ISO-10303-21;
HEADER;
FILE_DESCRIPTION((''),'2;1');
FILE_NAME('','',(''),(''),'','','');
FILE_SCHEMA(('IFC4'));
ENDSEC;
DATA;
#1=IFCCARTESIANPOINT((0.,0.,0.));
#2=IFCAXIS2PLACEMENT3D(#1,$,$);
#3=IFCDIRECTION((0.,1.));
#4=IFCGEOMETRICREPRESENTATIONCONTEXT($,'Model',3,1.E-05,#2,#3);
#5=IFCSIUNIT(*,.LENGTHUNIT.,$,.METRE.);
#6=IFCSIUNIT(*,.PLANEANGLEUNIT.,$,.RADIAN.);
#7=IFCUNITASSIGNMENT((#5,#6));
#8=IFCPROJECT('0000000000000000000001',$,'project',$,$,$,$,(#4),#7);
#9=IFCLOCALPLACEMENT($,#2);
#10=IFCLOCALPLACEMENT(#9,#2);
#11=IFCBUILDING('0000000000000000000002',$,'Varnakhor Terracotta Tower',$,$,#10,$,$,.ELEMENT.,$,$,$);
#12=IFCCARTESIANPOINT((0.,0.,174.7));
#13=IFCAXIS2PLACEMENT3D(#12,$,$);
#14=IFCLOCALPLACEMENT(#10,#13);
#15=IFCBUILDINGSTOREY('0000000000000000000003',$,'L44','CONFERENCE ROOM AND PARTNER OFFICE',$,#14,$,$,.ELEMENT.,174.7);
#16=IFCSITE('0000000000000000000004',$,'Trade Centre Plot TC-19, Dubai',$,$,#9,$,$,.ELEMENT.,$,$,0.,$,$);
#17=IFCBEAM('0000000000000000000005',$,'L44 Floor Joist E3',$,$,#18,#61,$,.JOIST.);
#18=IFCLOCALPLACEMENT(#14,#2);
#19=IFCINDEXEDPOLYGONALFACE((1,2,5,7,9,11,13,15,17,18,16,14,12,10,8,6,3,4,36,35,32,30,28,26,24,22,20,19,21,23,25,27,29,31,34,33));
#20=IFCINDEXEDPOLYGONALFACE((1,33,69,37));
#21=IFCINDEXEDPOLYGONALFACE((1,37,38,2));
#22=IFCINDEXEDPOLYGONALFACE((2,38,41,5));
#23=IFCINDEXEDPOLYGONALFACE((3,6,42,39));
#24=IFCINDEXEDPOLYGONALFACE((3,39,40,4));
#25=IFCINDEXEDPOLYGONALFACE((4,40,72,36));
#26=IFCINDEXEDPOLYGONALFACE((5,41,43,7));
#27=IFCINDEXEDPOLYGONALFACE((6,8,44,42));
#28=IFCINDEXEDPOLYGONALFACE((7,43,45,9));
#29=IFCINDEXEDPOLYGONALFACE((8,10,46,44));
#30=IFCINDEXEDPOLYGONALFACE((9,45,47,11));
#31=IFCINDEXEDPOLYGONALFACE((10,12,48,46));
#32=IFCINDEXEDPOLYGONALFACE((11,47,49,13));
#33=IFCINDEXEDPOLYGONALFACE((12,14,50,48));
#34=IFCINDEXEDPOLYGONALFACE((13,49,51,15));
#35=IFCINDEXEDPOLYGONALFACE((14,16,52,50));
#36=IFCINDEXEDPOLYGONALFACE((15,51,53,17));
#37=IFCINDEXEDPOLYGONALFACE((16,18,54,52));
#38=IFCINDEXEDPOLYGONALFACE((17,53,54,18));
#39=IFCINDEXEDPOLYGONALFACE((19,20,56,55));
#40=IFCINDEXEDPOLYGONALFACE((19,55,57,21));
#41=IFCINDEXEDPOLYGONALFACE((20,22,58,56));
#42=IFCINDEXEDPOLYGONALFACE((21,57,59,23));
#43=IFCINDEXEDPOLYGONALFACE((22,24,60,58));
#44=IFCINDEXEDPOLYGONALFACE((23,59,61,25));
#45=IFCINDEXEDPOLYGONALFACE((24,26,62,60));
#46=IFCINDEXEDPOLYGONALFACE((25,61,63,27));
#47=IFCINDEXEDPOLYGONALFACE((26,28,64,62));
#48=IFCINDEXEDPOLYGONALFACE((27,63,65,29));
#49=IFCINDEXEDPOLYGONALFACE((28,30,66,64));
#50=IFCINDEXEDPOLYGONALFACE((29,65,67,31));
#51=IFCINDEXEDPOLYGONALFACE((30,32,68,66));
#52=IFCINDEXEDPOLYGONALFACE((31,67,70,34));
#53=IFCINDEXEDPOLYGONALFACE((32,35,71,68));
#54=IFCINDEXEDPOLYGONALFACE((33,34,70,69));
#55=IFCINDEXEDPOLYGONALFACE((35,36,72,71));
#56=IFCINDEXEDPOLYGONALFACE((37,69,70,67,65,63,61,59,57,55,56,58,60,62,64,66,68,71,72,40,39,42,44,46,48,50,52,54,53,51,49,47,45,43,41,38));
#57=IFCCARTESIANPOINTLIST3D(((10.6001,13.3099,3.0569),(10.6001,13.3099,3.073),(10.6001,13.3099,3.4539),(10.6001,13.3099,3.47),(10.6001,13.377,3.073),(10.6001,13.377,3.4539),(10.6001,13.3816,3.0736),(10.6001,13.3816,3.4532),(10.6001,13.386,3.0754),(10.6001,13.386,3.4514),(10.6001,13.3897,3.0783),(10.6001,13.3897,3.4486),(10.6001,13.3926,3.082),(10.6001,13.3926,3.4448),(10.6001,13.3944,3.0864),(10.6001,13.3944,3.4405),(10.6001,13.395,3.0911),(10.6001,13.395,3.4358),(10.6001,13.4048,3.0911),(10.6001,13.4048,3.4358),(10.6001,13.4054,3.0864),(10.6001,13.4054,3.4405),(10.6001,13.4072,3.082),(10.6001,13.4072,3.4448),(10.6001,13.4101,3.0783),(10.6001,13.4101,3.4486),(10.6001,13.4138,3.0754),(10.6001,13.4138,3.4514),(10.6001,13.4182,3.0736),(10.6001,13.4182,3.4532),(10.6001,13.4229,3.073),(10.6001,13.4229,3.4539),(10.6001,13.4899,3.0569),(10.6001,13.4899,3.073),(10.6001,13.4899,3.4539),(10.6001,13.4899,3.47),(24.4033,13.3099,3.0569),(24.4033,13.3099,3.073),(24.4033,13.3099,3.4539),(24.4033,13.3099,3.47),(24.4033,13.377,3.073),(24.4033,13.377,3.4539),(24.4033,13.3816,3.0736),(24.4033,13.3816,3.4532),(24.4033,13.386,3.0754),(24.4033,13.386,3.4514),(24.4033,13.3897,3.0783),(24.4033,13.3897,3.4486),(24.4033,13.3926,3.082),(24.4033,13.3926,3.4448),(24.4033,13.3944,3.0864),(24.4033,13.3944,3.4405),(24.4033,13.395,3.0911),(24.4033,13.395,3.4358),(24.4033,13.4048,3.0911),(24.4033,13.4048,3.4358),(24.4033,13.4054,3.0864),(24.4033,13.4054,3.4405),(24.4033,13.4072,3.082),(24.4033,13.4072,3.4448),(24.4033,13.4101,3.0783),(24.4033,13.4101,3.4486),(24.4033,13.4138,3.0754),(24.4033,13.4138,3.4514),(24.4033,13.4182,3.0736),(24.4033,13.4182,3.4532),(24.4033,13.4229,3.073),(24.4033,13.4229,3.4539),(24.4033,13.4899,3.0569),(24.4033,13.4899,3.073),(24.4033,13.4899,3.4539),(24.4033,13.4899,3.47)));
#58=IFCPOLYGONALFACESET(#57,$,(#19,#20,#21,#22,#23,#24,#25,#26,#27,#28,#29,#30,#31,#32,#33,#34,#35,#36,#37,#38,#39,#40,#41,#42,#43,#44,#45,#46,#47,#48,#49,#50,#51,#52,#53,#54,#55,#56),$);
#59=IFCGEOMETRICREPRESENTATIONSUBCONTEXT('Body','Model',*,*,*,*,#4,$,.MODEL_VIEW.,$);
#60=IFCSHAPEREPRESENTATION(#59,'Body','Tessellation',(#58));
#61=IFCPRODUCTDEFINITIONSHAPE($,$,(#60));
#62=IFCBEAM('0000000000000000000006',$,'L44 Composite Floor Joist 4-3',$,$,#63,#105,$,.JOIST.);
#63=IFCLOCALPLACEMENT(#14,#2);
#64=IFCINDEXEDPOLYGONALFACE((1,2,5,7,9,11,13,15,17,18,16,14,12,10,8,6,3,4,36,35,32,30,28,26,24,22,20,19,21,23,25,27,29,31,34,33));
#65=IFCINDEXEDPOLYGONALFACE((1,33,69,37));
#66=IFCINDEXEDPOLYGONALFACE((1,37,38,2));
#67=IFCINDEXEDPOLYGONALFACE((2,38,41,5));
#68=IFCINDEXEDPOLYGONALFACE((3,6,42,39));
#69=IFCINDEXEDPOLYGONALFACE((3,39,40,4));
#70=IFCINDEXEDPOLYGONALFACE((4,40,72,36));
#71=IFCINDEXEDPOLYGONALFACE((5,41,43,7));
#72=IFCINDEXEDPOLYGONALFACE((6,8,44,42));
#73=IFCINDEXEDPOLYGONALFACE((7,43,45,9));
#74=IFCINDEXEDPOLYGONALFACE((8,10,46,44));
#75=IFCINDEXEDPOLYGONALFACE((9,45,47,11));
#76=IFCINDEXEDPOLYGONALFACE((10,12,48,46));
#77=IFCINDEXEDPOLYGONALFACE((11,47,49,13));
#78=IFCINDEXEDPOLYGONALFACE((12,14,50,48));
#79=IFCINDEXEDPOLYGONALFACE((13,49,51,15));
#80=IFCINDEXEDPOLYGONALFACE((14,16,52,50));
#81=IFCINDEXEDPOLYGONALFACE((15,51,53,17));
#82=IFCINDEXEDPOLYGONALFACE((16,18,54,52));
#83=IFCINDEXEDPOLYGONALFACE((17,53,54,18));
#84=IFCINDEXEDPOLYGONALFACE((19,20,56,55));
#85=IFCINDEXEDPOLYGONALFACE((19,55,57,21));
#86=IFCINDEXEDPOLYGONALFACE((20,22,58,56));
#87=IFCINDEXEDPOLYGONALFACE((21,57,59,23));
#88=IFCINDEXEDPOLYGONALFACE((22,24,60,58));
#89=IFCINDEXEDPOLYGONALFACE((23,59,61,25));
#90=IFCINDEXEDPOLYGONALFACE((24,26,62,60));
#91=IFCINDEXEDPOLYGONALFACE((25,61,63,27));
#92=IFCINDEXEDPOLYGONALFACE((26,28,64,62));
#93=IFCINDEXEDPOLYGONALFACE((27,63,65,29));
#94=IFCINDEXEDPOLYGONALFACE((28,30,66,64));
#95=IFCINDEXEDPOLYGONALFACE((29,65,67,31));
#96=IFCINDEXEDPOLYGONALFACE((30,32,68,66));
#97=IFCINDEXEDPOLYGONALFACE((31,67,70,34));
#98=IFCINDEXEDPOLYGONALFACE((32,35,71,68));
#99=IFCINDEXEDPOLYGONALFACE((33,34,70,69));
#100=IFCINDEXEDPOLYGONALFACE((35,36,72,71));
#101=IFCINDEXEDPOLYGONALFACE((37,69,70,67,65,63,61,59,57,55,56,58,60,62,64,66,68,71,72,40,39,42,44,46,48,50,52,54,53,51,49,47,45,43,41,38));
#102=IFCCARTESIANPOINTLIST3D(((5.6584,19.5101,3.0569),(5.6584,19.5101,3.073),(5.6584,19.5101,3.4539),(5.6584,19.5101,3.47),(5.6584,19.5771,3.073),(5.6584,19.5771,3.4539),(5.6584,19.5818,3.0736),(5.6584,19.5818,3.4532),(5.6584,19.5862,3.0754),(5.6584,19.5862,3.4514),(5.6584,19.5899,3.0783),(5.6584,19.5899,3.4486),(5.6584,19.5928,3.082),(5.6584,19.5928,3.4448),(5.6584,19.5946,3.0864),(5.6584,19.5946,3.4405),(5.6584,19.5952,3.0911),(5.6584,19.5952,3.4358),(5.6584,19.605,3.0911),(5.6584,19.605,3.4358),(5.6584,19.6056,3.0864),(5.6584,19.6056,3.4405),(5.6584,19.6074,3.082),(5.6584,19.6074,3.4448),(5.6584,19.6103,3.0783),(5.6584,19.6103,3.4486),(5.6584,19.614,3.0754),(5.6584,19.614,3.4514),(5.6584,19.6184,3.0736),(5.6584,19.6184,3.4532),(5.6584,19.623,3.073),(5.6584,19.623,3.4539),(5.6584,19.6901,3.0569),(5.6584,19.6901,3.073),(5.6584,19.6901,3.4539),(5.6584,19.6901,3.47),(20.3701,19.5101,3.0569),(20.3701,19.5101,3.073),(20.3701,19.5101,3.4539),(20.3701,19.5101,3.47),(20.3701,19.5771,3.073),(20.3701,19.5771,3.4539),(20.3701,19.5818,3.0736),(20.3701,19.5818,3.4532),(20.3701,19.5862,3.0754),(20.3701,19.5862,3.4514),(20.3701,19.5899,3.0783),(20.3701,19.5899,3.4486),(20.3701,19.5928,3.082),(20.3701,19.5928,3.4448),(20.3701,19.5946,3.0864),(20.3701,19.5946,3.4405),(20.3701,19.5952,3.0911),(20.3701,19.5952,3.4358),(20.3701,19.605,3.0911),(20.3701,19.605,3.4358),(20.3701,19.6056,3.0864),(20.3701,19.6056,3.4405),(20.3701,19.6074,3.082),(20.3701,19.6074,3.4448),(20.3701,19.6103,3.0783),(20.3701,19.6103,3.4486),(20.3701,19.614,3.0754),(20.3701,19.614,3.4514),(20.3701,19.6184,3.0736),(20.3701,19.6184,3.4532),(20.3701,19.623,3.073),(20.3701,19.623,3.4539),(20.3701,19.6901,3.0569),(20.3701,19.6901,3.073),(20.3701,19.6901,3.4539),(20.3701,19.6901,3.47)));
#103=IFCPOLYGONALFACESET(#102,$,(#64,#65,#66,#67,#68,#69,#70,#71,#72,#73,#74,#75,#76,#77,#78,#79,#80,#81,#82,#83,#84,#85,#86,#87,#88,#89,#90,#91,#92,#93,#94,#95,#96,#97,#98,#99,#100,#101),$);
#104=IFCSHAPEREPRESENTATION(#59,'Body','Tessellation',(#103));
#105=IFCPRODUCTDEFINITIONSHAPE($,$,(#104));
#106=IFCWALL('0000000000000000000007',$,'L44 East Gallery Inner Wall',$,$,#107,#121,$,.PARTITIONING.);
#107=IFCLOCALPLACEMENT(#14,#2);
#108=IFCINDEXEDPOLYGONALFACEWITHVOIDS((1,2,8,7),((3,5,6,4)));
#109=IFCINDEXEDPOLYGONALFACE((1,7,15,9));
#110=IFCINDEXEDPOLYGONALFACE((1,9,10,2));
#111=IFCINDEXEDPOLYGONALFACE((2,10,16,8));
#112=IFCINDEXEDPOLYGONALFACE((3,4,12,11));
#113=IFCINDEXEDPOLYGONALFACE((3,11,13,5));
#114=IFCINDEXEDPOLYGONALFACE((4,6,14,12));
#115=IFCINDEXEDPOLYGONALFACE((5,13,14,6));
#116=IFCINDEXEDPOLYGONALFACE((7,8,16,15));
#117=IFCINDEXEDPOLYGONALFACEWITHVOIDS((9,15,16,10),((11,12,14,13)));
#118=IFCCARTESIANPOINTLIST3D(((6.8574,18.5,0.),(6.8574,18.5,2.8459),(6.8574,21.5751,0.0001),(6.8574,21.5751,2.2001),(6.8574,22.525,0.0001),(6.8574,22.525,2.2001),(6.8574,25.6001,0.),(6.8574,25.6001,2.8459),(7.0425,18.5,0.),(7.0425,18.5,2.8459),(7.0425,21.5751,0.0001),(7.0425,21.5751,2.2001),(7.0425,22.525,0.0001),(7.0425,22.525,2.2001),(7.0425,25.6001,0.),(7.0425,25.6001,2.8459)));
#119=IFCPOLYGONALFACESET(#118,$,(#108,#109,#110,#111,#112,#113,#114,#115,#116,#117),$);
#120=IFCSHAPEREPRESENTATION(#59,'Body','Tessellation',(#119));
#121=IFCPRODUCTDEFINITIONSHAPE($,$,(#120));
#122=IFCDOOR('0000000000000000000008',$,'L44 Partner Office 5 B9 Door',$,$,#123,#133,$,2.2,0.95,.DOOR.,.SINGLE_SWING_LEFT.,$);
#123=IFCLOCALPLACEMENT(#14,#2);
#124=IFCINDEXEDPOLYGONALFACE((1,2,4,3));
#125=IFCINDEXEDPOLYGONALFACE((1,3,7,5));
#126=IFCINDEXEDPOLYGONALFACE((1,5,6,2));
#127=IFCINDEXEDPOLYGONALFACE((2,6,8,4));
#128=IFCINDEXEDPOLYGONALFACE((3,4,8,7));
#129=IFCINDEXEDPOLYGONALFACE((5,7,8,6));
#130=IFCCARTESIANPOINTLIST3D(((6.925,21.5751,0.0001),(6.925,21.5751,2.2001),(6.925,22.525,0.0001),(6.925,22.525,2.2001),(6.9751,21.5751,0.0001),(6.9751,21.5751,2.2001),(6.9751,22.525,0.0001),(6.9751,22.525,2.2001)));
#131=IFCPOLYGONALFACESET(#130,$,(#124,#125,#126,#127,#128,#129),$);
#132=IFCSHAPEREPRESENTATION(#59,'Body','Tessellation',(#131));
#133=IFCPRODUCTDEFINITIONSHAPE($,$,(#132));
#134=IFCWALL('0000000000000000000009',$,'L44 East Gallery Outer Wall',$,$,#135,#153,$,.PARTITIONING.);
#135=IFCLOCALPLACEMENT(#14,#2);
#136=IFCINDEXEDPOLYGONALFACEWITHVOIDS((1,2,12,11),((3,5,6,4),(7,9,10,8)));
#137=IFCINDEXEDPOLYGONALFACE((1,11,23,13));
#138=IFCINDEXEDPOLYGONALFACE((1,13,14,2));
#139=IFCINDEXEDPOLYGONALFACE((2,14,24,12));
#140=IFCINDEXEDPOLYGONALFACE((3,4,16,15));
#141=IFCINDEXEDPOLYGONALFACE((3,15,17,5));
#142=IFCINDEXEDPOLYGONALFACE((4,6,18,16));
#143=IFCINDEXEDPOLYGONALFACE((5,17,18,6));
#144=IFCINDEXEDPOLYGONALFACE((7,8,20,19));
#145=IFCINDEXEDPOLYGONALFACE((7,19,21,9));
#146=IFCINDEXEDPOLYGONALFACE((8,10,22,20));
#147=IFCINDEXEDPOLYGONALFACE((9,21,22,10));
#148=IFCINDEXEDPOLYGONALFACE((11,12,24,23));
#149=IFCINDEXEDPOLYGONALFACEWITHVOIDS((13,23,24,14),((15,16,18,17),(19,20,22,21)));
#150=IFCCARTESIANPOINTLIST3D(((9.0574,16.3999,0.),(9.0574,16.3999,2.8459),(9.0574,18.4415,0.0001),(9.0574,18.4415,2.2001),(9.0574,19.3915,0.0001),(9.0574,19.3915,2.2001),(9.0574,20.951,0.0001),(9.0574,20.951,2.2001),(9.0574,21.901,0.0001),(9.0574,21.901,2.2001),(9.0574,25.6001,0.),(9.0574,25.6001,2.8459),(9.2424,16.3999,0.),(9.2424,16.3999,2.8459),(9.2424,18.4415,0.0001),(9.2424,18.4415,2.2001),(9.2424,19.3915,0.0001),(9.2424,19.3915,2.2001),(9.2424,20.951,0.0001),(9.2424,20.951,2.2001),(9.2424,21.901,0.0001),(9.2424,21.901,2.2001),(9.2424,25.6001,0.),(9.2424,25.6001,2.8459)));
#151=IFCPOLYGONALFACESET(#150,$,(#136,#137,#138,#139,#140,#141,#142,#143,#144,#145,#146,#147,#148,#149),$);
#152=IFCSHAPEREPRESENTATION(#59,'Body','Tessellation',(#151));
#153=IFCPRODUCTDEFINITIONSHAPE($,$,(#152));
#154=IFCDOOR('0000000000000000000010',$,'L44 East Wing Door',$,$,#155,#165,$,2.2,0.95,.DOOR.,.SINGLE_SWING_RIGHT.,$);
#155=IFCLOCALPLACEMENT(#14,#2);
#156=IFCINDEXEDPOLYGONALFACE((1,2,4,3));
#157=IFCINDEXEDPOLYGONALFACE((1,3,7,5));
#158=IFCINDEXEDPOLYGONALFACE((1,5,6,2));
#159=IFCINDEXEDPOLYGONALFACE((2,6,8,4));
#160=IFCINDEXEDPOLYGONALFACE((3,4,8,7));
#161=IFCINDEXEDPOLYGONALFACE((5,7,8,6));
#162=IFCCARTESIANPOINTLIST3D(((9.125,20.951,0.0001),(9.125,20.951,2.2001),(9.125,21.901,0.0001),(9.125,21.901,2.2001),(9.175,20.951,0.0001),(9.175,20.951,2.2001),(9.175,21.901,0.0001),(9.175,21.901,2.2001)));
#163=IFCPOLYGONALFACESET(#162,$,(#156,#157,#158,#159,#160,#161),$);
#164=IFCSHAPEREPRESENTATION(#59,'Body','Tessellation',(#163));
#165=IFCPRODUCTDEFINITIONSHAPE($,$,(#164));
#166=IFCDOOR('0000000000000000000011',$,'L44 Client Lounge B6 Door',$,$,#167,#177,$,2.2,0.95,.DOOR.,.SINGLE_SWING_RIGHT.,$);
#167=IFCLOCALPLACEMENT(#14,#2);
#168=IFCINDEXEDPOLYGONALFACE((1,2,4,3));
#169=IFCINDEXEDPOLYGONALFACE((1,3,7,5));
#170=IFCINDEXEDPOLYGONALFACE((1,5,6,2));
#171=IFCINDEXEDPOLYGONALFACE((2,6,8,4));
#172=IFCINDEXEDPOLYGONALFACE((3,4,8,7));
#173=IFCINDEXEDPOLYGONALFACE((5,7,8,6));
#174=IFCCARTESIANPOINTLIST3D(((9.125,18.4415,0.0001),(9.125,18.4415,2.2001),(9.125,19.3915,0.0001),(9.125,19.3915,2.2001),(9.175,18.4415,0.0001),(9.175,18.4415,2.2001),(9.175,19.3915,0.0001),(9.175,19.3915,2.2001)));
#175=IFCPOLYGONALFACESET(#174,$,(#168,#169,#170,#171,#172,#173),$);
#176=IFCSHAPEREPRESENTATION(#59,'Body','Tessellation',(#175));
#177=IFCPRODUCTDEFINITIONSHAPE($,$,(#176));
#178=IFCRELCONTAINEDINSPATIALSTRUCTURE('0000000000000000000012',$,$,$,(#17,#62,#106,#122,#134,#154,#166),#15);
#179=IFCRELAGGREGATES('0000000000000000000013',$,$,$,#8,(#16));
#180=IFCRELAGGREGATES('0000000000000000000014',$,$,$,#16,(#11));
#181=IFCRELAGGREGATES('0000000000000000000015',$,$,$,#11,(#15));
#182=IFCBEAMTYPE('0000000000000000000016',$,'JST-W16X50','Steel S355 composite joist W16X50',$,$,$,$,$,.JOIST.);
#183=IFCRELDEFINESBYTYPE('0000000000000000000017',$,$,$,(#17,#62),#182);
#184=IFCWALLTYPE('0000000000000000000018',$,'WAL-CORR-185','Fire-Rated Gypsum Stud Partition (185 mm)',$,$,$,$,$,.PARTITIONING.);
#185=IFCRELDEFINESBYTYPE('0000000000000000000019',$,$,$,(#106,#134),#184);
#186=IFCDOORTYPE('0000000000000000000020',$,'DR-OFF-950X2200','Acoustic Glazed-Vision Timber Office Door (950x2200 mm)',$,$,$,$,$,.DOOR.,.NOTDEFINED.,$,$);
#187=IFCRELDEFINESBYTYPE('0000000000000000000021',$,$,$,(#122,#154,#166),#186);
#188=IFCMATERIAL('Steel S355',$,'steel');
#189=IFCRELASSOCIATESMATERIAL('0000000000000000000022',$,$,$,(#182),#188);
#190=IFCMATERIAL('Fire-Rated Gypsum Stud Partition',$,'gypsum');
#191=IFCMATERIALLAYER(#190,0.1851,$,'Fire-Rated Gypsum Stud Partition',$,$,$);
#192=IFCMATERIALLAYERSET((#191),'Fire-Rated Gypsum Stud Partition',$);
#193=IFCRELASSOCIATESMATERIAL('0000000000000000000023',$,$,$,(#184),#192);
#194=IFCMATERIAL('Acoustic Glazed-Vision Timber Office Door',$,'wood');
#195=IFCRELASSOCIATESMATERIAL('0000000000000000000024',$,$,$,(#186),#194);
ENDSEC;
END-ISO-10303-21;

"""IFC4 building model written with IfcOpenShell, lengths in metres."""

from ifc_helpers import new_model, si_unit, direction, frame, frame_2d, origin, origin_2d, place, context, subcontext, project, spatial, rectangle, i_section, extrude, source, transform, mapped, material, layer, layer_set, material_profile, profile_set, type_object, type_shapes, element, fill, save


model = new_model("IFC4")

# Units and contexts
model_context = context("Model", 3, precision=1e-05, world=origin(), true_north=direction((0.0, 1.0)))
body_context = subcontext(model_context, "Body", "Model", "MODEL_VIEW")
ifc_project = project(units=[si_unit("LENGTHUNIT", "METRE"), si_unit("PLANEANGLEUNIT", "RADIAN")], contexts=[model_context])

# Site, building, storey
site_placement = place(None, origin())
site = spatial("IfcSite", under=ifc_project, at=site_placement, Name="Trade Centre Plot TC-19, Dubai", CompositionType="ELEMENT", RefElevation=0.0)
building_placement = place(site_placement, origin())
building = spatial("IfcBuilding", under=site, at=building_placement, Name="Varnakhor Terracotta Tower", CompositionType="ELEMENT")
storey_placement = place(building_placement, frame((0.0, 0.0, 174.7)))
storey = spatial("IfcBuildingStorey", under=building, at=storey_placement, Name="L44", Description="CONFERENCE ROOM AND PARTNER OFFICE", CompositionType="ELEMENT", Elevation=174.7)

# Beams
ifc_material_1 = material(Name="Steel S355", Category="steel")
ifc_material_profile_1 = material_profile(ifc_material_1, i_section(OverallWidth=0.1799, OverallDepth=0.4131, WebThickness=0.0098, FlangeThickness=0.0161, FilletRadius=0.0181, at=origin_2d()), Name="W16X50")
ifc_profile_set_1 = profile_set([ifc_material_profile_1], Name="Steel S355")
beam_type_1 = type_object("IfcBeamType", Name="JST-W16X50", Description="Steel S355 composite joist W16X50", PredefinedType="JOIST", material=ifc_profile_set_1)
shared_shape_1 = source(origin(), body_context, "Body", "SweptSolid", [
    extrude(i_section(OverallWidth=0.1799, OverallDepth=0.4131, WebThickness=0.0098, FlangeThickness=0.0161, FilletRadius=0.0181, at=origin_2d()), origin(), (0.0, 0.0, 1.0), 13.8032),
])
beam_1_placement = place(storey_placement, frame((10.6001, 13.3999, 3.2634), z_axis=(1.0, 0.0, 0.0), x_axis=(0.0, 1.0, 0.0)))
element("IfcBeam", 1, at=beam_1_placement, inside=storey, type_object=beam_type_1, Name="L44 Floor Joist E3", PredefinedType="JOIST", context=body_context, shape_type="MappedRepresentation", body=[
    mapped(shared_shape_1, transform((0.0, 0.0, 0.0), scale=1.0)),
])
shared_shape_2 = source(origin(), body_context, "Body", "SweptSolid", [
    extrude(i_section(OverallWidth=0.1799, OverallDepth=0.4131, WebThickness=0.0098, FlangeThickness=0.0161, FilletRadius=0.0181, at=origin_2d()), origin(), (0.0, 0.0, 1.0), 14.7117),
])
beam_2_placement = place(storey_placement, frame((5.6584, 19.6001, 3.2634), z_axis=(1.0, 0.0, 0.0), x_axis=(0.0, 1.0, 0.0)))
element("IfcBeam", 2, at=beam_2_placement, inside=storey, type_object=beam_type_1, Name="L44 Composite Floor Joist 4-3", PredefinedType="JOIST", context=body_context, shape_type="MappedRepresentation", body=[
    mapped(shared_shape_2, transform((0.0, 0.0, 0.0), scale=1.0)),
])

# Wall, opening, door
ifc_material_2 = material(Name="Fire-Rated Gypsum Stud Partition", Category="gypsum")
ifc_layer_1 = layer(ifc_material_2, 0.1851, Name="Fire-Rated Gypsum Stud Partition")
ifc_layer_set_1 = layer_set([ifc_layer_1], Name="Fire-Rated Gypsum Stud Partition")
wall_type_1 = type_object("IfcWallType", Name="WAL-CORR-185", Description="Fire-Rated Gypsum Stud Partition (185 mm)", PredefinedType="PARTITIONING", material=ifc_layer_set_1)
wall_1_placement = place(storey_placement, frame((6.95, 18.5, 0.0), z_axis=(0.0, 0.0, 1.0), x_axis=(0.0, 1.0, 0.0)))
wall_1 = element("IfcWall", 3, at=wall_1_placement, inside=storey, type_object=wall_type_1, Name="L44 East Gallery Inner Wall", PredefinedType="PARTITIONING", context=body_context, shape_type="SweptSolid", body=[
    extrude(rectangle(XDim=7.1001, YDim=0.1851, at=frame_2d((3.55, 0.0))), origin(), (0.0, 0.0, 1.0), 2.8459),
])
opening_1_placement = place(wall_1_placement, frame((3.075, 0.0, 0.0)))
opening_1 = element("IfcOpeningElement", 4, at=opening_1_placement, cuts=wall_1, PredefinedType="OPENING", context=body_context, shape_type="SweptSolid", body=[
    extrude(rectangle(XDim=0.95, YDim=2.2, at=frame_2d((0.4751, 1.1001))), frame((0.0, 0.1025, 0.0), z_axis=(0.0, -1.0, 0.0), x_axis=(1.0, 0.0, 0.0)), (0.0, 0.0, 1.0), 0.2051),
])
ifc_material_3 = material(Name="Acoustic Glazed-Vision Timber Office Door", Category="wood")
door_type_1 = type_object("IfcDoorType", Name="DR-OFF-950X2200", Description="Acoustic Glazed-Vision Timber Office Door (950x2200 mm)", OperationType="NOTDEFINED", PredefinedType="DOOR", material=ifc_material_3)
shared_shape_3 = source(origin(), body_context, "Body", "SweptSolid", [
    extrude(rectangle(XDim=0.95, YDim=2.2, at=frame_2d((0.4751, 1.1001))), frame((0.0, 0.0249, 0.0), z_axis=(0.0, -1.0, 0.0), x_axis=(1.0, 0.0, 0.0)), (0.0, 0.0, 1.0), 0.05),
])
type_shapes(door_type_1, [shared_shape_3])
door_1_placement = place(opening_1_placement, origin())
door_1 = element("IfcDoor", 5, at=door_1_placement, inside=storey, type_object=door_type_1, Name="L44 Partner Office 5 B9 Door", OperationType="SINGLE_SWING_LEFT", OverallHeight=2.2, OverallWidth=0.95, PredefinedType="DOOR", context=body_context, shape_type="MappedRepresentation", body=[
    mapped(shared_shape_3, transform((0.0, 0.0, 0.0), scale=1.0)),
])
fill(opening_1, door_1)

# Wall, openings, doors
wall_2_placement = place(storey_placement, frame((9.1499, 16.3999, 0.0), z_axis=(0.0, 0.0, 1.0), x_axis=(0.0, 1.0, 0.0)))
wall_2 = element("IfcWall", 6, at=wall_2_placement, inside=storey, type_object=wall_type_1, Name="L44 East Gallery Outer Wall", PredefinedType="PARTITIONING", context=body_context, shape_type="SweptSolid", body=[
    extrude(rectangle(XDim=9.2002, YDim=0.1851, at=frame_2d((4.6001, 0.0))), origin(), (0.0, 0.0, 1.0), 2.8459),
])
opening_2_placement = place(wall_2_placement, frame((4.551, 0.0, 0.0)))
opening_2 = element("IfcOpeningElement", 7, at=opening_2_placement, cuts=wall_2, PredefinedType="OPENING", context=body_context, shape_type="SweptSolid", body=[
    extrude(rectangle(XDim=0.95, YDim=2.2, at=frame_2d((0.4751, 1.1001))), frame((0.0, 0.1025, 0.0), z_axis=(0.0, -1.0, 0.0), x_axis=(1.0, 0.0, 0.0)), (0.0, 0.0, 1.0), 0.2051),
])
opening_3_placement = place(wall_2_placement, frame((2.0415, 0.0, 0.0)))
opening_3 = element("IfcOpeningElement", 8, at=opening_3_placement, cuts=wall_2, PredefinedType="OPENING", context=body_context, shape_type="SweptSolid", body=[
    extrude(rectangle(XDim=0.95, YDim=2.2, at=frame_2d((0.4751, 1.1001))), frame((0.0, 0.1025, 0.0), z_axis=(0.0, -1.0, 0.0), x_axis=(1.0, 0.0, 0.0)), (0.0, 0.0, 1.0), 0.2051),
])
door_2_placement = place(opening_2_placement, origin())
door_2 = element("IfcDoor", 9, at=door_2_placement, inside=storey, type_object=door_type_1, Name="L44 East Wing Door", OperationType="SINGLE_SWING_RIGHT", OverallHeight=2.2, OverallWidth=0.95, PredefinedType="DOOR", context=body_context, shape_type="MappedRepresentation", body=[
    mapped(shared_shape_3, transform((0.0, 0.0, 0.0), scale=1.0)),
])
fill(opening_2, door_2)
door_3_placement = place(opening_3_placement, origin())
door_3 = element("IfcDoor", 10, at=door_3_placement, inside=storey, type_object=door_type_1, Name="L44 Client Lounge B6 Door", OperationType="SINGLE_SWING_RIGHT", OverallHeight=2.2, OverallWidth=0.95, PredefinedType="DOOR", context=body_context, shape_type="MappedRepresentation", body=[
    mapped(shared_shape_3, transform((0.0, 0.0, 0.0), scale=1.0)),
])
fill(opening_3, door_3)

save(model, "model.ifc")
